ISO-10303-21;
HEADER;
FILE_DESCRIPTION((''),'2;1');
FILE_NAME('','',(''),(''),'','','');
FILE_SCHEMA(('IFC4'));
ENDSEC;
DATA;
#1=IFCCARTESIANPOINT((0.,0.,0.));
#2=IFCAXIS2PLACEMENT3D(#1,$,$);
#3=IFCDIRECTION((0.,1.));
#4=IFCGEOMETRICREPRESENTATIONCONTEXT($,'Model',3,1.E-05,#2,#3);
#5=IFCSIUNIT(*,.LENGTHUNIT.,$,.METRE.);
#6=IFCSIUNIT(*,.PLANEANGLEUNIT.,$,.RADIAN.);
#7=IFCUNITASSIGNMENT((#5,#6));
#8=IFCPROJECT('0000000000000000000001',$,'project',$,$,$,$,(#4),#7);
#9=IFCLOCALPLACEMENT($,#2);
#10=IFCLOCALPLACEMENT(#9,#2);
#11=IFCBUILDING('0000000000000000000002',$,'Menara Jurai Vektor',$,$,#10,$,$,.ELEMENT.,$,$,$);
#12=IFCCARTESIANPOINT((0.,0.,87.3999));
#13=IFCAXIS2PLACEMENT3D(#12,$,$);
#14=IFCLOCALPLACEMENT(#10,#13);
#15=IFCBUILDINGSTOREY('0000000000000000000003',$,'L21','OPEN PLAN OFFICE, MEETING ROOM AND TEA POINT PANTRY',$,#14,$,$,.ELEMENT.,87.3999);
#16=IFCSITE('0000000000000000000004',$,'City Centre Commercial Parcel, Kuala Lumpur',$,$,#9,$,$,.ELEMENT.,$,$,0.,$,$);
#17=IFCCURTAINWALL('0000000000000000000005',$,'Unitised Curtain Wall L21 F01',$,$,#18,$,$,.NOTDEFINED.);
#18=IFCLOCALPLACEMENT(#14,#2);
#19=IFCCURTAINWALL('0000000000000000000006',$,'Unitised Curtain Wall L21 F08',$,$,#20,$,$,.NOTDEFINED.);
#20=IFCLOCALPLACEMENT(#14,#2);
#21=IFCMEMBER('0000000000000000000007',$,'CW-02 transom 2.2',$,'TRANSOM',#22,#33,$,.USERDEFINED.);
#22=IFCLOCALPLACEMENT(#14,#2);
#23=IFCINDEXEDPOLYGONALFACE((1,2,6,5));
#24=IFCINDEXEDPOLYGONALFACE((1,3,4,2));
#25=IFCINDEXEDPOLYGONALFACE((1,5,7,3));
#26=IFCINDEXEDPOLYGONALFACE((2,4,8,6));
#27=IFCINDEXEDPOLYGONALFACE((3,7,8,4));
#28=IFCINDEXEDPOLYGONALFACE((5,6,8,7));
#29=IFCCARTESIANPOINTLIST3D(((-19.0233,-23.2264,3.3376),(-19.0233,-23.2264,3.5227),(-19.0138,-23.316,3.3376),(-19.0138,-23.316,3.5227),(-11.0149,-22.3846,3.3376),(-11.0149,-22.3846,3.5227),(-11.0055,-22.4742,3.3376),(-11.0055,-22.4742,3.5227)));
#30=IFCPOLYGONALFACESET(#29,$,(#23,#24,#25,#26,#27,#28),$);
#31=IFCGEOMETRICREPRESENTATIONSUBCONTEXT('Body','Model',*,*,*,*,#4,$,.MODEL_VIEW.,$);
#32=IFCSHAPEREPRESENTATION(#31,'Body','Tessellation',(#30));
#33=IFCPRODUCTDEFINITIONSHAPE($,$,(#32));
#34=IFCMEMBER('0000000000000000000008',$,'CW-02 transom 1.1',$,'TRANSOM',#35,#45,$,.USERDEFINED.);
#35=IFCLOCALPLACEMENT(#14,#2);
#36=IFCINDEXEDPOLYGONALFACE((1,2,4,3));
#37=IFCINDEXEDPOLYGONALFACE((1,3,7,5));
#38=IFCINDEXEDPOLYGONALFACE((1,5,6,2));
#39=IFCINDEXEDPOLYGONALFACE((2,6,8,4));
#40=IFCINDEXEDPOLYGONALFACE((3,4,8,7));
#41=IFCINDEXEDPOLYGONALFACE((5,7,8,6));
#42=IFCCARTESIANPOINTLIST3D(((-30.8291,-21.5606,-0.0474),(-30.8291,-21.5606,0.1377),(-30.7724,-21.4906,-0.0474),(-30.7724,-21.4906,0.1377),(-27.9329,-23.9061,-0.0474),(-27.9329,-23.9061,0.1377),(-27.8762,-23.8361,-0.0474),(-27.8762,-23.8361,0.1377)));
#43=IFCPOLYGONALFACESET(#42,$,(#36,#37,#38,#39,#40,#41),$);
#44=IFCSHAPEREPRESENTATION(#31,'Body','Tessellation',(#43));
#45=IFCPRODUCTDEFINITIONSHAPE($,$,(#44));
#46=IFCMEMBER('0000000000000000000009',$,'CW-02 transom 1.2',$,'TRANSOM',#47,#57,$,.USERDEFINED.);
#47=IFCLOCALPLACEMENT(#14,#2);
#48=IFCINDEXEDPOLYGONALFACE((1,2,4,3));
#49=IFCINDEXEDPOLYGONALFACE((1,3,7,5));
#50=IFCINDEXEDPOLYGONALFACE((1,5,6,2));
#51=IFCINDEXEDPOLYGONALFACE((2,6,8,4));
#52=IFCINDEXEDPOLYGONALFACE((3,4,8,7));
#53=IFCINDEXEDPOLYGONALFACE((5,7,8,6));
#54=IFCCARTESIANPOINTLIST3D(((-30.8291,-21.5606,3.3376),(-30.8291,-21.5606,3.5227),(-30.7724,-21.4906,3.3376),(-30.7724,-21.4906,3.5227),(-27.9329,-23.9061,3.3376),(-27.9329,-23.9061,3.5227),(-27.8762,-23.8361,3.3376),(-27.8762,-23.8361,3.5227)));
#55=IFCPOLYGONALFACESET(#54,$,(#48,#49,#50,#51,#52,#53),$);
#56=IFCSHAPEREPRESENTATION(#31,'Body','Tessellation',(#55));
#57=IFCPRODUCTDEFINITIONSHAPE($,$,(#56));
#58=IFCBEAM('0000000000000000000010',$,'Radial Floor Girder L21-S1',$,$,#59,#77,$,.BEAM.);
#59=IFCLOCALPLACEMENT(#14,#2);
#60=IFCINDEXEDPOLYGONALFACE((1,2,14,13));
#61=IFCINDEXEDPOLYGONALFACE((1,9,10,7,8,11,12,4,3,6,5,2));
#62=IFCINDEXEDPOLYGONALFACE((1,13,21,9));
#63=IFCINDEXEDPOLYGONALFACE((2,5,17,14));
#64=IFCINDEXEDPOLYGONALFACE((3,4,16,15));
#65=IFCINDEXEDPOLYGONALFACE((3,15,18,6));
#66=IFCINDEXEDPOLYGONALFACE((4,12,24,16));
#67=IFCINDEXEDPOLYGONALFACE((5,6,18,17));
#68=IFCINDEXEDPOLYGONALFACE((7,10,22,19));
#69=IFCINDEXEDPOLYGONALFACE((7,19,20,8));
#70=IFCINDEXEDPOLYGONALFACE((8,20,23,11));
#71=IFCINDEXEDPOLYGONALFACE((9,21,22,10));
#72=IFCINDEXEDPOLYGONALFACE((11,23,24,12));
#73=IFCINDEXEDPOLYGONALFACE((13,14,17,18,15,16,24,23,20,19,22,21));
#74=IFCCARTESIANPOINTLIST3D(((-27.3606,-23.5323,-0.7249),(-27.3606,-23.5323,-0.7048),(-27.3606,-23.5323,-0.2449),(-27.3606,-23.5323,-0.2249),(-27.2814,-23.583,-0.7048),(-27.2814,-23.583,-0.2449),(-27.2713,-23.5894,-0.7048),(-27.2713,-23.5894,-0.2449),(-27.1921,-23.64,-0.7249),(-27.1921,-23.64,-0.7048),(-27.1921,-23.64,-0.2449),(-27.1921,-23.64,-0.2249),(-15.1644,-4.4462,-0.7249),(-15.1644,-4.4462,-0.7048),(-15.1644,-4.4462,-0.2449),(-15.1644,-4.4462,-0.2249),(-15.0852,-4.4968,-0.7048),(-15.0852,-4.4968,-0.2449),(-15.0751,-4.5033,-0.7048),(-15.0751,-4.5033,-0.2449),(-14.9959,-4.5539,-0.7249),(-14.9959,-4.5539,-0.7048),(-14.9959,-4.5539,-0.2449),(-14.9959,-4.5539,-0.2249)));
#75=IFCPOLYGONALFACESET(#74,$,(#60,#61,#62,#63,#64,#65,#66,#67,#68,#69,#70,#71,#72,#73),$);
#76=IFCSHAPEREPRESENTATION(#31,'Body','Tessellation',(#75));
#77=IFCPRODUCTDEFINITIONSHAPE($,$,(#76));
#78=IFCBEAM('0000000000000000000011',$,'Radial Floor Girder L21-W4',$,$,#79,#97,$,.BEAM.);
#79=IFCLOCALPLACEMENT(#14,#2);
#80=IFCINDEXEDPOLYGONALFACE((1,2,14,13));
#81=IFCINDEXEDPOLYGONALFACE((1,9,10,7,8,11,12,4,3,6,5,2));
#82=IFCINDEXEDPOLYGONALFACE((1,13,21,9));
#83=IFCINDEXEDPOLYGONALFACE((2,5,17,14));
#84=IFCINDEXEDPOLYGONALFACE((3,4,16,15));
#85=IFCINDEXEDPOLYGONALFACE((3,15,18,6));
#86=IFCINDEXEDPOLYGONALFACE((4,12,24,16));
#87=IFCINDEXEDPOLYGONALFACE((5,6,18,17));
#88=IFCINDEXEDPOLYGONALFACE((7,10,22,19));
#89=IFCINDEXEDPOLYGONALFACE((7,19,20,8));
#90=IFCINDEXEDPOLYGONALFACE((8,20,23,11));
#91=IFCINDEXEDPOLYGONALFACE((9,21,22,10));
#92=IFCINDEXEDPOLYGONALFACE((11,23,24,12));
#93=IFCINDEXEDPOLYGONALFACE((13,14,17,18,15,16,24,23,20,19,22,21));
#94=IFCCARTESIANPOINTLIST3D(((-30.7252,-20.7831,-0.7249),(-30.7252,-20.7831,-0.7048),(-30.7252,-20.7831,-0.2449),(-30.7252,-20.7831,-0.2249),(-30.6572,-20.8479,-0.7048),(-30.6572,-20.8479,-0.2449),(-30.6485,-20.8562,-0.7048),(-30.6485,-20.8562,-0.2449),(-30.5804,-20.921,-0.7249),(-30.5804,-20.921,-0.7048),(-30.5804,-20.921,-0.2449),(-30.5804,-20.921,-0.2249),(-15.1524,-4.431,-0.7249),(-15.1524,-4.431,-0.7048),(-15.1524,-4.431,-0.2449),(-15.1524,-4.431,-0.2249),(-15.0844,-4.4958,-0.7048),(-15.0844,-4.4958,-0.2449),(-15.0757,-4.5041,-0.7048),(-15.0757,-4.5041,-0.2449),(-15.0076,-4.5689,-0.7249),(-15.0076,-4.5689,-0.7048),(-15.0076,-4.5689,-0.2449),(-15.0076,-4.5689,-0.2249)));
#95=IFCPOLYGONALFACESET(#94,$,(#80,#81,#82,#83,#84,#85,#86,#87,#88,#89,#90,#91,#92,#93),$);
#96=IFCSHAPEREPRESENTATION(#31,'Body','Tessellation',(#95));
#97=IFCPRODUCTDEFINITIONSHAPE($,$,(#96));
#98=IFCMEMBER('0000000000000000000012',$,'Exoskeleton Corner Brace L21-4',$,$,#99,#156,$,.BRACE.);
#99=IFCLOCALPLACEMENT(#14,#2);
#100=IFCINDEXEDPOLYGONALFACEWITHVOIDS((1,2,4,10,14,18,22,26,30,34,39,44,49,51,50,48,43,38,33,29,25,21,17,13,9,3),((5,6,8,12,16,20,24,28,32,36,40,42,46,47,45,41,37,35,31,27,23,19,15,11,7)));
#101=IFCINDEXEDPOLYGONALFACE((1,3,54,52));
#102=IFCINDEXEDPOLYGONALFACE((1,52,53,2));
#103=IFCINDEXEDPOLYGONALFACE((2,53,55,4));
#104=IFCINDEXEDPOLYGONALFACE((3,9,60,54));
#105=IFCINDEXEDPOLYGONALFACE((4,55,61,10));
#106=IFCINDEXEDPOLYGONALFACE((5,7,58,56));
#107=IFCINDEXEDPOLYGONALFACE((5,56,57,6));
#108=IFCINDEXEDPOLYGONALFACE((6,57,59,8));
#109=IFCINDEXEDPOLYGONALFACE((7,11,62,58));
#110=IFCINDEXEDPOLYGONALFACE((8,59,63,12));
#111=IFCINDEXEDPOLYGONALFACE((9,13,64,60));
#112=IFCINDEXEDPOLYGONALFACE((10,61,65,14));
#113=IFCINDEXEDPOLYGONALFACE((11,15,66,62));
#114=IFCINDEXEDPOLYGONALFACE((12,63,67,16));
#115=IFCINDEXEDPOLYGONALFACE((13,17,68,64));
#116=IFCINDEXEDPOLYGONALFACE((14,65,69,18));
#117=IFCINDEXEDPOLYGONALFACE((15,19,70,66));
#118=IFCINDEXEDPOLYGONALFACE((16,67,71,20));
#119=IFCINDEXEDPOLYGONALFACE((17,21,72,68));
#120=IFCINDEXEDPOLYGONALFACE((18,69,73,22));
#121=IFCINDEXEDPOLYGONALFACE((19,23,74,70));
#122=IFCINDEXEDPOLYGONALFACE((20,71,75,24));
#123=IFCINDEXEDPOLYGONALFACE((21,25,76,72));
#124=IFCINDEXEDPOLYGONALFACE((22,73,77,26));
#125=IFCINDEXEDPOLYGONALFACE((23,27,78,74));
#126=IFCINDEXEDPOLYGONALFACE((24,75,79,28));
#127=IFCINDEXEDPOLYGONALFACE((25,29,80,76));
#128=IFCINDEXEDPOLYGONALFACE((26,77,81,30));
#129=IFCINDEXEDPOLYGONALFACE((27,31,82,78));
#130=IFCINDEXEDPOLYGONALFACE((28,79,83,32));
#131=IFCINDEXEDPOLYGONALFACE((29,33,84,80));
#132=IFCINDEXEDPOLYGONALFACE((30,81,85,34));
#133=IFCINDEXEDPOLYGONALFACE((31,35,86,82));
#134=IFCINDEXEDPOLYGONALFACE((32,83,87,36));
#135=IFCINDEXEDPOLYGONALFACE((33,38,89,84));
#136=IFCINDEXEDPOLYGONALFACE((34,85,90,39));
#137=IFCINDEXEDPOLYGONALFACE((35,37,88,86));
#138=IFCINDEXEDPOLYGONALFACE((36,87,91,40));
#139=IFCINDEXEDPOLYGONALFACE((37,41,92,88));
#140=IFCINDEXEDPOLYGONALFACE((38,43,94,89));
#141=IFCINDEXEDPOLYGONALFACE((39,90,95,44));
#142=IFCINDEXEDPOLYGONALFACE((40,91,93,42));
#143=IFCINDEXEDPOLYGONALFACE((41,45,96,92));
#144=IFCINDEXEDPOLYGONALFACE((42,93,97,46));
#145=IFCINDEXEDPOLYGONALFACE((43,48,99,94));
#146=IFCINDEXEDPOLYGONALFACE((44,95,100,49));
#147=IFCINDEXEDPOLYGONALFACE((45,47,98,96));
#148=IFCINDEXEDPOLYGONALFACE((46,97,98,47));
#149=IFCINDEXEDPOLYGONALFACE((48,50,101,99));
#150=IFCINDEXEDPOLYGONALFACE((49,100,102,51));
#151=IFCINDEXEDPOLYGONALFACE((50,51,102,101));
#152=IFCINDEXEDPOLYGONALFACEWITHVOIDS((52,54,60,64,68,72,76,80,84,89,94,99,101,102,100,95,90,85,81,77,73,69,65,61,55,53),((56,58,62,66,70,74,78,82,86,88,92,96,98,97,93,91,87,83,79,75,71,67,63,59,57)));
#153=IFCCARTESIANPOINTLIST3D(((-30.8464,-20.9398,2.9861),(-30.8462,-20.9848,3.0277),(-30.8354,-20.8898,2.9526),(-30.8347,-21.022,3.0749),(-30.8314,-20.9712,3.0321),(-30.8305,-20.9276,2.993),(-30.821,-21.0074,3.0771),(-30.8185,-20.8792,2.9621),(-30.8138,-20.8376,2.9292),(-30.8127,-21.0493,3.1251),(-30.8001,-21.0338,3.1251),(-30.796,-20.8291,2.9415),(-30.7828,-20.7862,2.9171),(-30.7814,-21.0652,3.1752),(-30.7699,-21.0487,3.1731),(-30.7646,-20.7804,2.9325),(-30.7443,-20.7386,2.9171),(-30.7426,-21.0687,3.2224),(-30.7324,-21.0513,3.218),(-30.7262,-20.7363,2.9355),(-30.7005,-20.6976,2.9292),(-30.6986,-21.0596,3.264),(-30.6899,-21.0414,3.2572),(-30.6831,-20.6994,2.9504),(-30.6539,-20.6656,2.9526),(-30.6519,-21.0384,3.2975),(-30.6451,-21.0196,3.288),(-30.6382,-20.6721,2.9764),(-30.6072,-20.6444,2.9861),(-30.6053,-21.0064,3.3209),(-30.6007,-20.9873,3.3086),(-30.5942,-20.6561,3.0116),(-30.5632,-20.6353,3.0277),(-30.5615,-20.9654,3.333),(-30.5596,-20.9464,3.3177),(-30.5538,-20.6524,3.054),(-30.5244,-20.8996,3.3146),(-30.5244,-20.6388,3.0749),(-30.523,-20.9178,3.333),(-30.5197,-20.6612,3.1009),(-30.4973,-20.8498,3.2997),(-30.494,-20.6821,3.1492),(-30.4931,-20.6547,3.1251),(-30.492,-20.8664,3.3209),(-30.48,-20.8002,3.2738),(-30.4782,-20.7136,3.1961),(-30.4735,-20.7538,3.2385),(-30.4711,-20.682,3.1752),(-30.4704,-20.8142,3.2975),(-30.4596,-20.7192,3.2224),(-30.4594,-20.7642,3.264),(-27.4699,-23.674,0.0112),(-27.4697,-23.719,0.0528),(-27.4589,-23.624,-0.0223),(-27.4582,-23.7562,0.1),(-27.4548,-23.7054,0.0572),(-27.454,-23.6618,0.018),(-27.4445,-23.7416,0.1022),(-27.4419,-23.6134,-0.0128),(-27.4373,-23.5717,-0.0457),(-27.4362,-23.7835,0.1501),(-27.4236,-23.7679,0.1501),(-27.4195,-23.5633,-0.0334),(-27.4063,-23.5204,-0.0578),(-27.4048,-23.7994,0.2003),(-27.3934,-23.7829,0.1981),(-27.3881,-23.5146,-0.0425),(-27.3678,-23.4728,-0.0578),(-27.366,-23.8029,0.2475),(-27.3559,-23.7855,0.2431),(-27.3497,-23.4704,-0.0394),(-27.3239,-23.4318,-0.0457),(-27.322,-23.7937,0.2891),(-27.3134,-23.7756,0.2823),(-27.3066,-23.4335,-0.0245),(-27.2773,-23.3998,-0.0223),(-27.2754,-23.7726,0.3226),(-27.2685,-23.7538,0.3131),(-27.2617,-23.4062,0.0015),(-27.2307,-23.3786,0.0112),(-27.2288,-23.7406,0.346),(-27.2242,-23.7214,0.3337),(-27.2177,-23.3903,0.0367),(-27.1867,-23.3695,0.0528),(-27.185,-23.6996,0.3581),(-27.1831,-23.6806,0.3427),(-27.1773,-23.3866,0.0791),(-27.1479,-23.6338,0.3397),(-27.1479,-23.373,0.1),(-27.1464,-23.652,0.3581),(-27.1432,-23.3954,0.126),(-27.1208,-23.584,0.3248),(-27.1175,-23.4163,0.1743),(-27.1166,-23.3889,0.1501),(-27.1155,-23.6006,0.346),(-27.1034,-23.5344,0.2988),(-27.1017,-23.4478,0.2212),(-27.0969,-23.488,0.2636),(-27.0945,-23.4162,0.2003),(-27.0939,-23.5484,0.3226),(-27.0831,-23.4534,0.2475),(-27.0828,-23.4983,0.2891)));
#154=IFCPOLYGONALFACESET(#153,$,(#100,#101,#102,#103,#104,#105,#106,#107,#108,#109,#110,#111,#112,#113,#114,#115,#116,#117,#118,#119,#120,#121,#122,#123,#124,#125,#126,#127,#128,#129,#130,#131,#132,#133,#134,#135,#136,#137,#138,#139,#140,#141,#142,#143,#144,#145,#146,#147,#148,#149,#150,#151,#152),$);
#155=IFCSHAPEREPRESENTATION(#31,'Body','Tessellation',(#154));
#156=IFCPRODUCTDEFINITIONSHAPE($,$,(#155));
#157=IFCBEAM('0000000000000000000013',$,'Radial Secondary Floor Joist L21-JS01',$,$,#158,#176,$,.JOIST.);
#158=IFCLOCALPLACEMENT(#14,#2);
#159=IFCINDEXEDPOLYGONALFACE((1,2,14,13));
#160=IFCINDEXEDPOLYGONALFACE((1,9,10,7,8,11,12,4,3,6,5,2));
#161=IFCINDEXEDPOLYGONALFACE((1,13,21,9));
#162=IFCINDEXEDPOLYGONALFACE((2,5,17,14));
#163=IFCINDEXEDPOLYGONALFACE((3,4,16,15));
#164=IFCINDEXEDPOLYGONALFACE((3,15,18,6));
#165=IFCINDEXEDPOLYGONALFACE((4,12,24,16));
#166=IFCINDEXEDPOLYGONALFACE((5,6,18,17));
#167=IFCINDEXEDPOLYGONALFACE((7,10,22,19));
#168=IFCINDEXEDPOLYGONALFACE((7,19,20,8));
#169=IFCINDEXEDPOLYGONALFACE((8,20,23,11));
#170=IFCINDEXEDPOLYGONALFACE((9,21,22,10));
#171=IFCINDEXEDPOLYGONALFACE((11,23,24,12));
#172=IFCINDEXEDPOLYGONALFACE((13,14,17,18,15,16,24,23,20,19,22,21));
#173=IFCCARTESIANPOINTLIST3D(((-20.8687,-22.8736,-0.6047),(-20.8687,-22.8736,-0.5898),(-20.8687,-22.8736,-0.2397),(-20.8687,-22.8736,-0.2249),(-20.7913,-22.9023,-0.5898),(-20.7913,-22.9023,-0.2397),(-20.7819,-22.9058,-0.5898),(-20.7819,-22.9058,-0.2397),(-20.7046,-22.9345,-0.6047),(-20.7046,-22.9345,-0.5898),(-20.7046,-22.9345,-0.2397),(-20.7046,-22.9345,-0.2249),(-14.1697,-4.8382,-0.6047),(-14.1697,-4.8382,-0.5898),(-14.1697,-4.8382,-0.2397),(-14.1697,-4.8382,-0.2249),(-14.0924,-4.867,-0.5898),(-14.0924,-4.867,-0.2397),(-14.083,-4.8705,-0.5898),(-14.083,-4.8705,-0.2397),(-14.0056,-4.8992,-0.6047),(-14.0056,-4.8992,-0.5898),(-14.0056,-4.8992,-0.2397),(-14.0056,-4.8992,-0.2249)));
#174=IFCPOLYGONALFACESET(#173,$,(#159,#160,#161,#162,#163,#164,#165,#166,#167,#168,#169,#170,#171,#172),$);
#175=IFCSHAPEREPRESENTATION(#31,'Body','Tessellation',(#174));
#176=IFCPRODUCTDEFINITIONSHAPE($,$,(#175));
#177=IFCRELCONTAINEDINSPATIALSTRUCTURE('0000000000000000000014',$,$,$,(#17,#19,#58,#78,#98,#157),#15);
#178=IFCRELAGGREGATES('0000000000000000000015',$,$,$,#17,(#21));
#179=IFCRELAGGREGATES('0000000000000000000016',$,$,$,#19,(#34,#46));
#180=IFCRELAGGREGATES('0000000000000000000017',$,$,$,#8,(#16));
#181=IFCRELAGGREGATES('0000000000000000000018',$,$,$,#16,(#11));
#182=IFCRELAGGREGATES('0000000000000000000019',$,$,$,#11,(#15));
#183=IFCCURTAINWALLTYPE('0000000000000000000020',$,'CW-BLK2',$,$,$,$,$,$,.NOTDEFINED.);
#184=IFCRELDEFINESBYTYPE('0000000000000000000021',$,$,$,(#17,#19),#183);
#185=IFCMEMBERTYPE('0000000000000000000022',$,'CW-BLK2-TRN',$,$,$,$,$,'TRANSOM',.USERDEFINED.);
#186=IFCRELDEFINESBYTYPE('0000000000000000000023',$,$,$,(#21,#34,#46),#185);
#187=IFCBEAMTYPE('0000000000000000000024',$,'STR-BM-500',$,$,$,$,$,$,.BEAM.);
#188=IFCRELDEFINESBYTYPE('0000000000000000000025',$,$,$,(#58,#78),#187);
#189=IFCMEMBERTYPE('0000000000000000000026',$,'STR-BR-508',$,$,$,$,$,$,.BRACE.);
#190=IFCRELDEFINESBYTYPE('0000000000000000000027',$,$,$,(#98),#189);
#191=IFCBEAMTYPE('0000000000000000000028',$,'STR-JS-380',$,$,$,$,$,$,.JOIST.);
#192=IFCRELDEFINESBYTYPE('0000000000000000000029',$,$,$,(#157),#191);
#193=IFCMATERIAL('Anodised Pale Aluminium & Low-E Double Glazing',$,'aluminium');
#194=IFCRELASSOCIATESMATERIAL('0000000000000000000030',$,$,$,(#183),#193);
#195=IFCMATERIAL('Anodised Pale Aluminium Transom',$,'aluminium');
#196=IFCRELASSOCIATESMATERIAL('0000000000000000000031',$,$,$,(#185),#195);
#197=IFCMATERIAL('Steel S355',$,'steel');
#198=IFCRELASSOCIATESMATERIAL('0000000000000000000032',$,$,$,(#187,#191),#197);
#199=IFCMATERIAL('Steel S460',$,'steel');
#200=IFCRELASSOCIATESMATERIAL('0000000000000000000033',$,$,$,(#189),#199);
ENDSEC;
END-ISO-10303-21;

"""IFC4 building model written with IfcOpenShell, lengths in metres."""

from ifc_helpers import new_model, si_unit, direction, frame, origin, origin_2d, place, context, subcontext, project, spatial, rectangle, hollow_circle, i_section, extrude, material, material_profile, profile_set, type_object, element, aggregate, save


model = new_model("IFC4")

# Units and contexts
model_context = context("Model", 3, precision=1e-05, world=origin(), true_north=direction((0.0, 1.0)))
body_context = subcontext(model_context, "Body", "Model", "MODEL_VIEW")
ifc_project = project(units=[si_unit("LENGTHUNIT", "METRE"), si_unit("PLANEANGLEUNIT", "RADIAN")], contexts=[model_context])

# Site, building, storey
site_placement = place(None, origin())
site = spatial("IfcSite", under=ifc_project, at=site_placement, Name="City Centre Commercial Parcel, Kuala Lumpur", CompositionType="ELEMENT", RefElevation=0.0)
building_placement = place(site_placement, origin())
building = spatial("IfcBuilding", under=site, at=building_placement, Name="Menara Jurai Vektor", CompositionType="ELEMENT")
storey_placement = place(building_placement, frame((0.0, 0.0, 87.3999)))
storey = spatial("IfcBuildingStorey", under=building, at=storey_placement, Name="L21", Description="OPEN PLAN OFFICE, MEETING ROOM AND TEA POINT PANTRY", CompositionType="ELEMENT", Elevation=87.3999)

# Shared definitions
ifc_material_1 = material(Name="Steel S460", Category="steel")

# Curtain walls
ifc_material_2 = material(Name="Anodised Pale Aluminium & Low-E Double Glazing", Category="aluminium")
curtain_wall_type = type_object("IfcCurtainWallType", Name="CW-BLK2", PredefinedType="NOTDEFINED", material=ifc_material_2)
curtain_wall_1_placement = place(storey_placement, origin())
curtain_wall_1 = element("IfcCurtainWall", 1, at=curtain_wall_1_placement, inside=storey, type_object=curtain_wall_type, Name="Unitised Curtain Wall L21 F01", PredefinedType="NOTDEFINED")
curtain_wall_2_placement = place(storey_placement, origin())
curtain_wall_2 = element("IfcCurtainWall", 2, at=curtain_wall_2_placement, inside=storey, type_object=curtain_wall_type, Name="Unitised Curtain Wall L21 F08", PredefinedType="NOTDEFINED")

# Members
ifc_material_3 = material(Name="Anodised Pale Aluminium Transom", Category="aluminium")
ifc_material_profile_1 = material_profile(ifc_material_3, rectangle(XDim=0.0901, YDim=0.1851, at=origin_2d()), Name="ALU TRN 90x185")
ifc_profile_set_1 = profile_set([ifc_material_profile_1], Name="Anodised Pale Aluminium Transom")
member_type_1 = type_object("IfcMemberType", Name="CW-BLK2-TRN", ElementType="TRANSOM", PredefinedType="USERDEFINED", material=ifc_profile_set_1)
member_1_placement = place(storey_placement, frame((-19.0186, -23.2712, 3.4302), z_axis=(0.994521, 0.10454, 0.0), x_axis=(-0.10454, 0.994521, 0.0)))
member_1 = element("IfcMember", 3, at=member_1_placement, type_object=member_type_1, Name="CW-02 transom 2.2", ObjectType="TRANSOM", PredefinedType="USERDEFINED", context=body_context, shape_type="SweptSolid", body=[
    extrude(rectangle(XDim=0.0901, YDim=0.1851, at=origin_2d()), origin(), (0.0, 0.0, 1.0), 8.0525),
])
member_2_placement = place(storey_placement, frame((-30.8008, -21.5256, 0.0452), z_axis=(0.777129, -0.629341, 0.0), x_axis=(0.629341, 0.777129, 0.0)))
member_2 = element("IfcMember", 4, at=member_2_placement, type_object=member_type_1, Name="CW-02 transom 1.1", ObjectType="TRANSOM", PredefinedType="USERDEFINED", context=body_context, shape_type="SweptSolid", body=[
    extrude(rectangle(XDim=0.0901, YDim=0.1851, at=origin_2d()), origin(), (0.0, 0.0, 1.0), 3.7268),
])
member_3_placement = place(storey_placement, frame((-30.8008, -21.5256, 3.4302), z_axis=(0.777129, -0.629341, 0.0), x_axis=(0.629341, 0.777129, 0.0)))
member_3 = element("IfcMember", 5, at=member_3_placement, type_object=member_type_1, Name="CW-02 transom 1.2", ObjectType="TRANSOM", PredefinedType="USERDEFINED", context=body_context, shape_type="SweptSolid", body=[
    extrude(rectangle(XDim=0.0901, YDim=0.1851, at=origin_2d()), origin(), (0.0, 0.0, 1.0), 3.7268),
])

# Beams
ifc_material_4 = material(Name="Steel S355", Category="steel")
ifc_material_profile_2 = material_profile(ifc_material_4, i_section(OverallWidth=0.2, OverallDepth=0.5, WebThickness=0.012, FlangeThickness=0.02, at=origin_2d()), Name="PG 500x200x96")
ifc_profile_set_2 = profile_set([ifc_material_profile_2], Name="Steel S355")
beam_type_1 = type_object("IfcBeamType", Name="STR-BM-500", PredefinedType="BEAM", material=ifc_profile_set_2)
beam_1_placement = place(storey_placement, frame((-27.2764, -23.5862, -0.4749), z_axis=(0.538463, 0.842649, 0.0), x_axis=(-0.842649, 0.538463, 0.0)))
element("IfcBeam", 6, at=beam_1_placement, inside=storey, type_object=beam_type_1, Name="Radial Floor Girder L21-S1", PredefinedType="BEAM", context=body_context, shape_type="SweptSolid", body=[
    extrude(i_section(OverallWidth=0.2, OverallDepth=0.5, WebThickness=0.012, FlangeThickness=0.02, at=origin_2d()), origin(), (0.0, 0.0, 1.0), 22.6501),
])
beam_2_placement = place(storey_placement, frame((-30.6528, -20.8521, -0.4749), z_axis=(0.689641, 0.724152, 0.0), x_axis=(-0.724152, 0.689641, 0.0)))
element("IfcBeam", 7, at=beam_2_placement, inside=storey, type_object=beam_type_1, Name="Radial Floor Girder L21-W4", PredefinedType="BEAM", context=body_context, shape_type="SweptSolid", body=[
    extrude(i_section(OverallWidth=0.2, OverallDepth=0.5, WebThickness=0.012, FlangeThickness=0.02, at=origin_2d()), origin(), (0.0, 0.0, 1.0), 22.5811),
])

# Member
ifc_material_profile_3 = material_profile(ifc_material_1, hollow_circle(Radius=0.2539, WallThickness=0.02, at=origin_2d()), Name="CHS 508x20")
ifc_profile_set_3 = profile_set([ifc_material_profile_3], Name="Steel S460")
member_type_2 = type_object("IfcMemberType", Name="STR-BR-508", PredefinedType="BRACE", material=ifc_profile_set_3)
member_4_placement = place(storey_placement, frame((-27.2764, -23.5862, 0.1501), z_axis=(-0.64124, 0.519251, 0.564968), x_axis=(-0.62931, -0.777155, 0.0)))
element("IfcMember", 8, at=member_4_placement, inside=storey, type_object=member_type_2, Name="Exoskeleton Corner Brace L21-4", PredefinedType="BRACE", context=body_context, shape_type="SweptSolid", body=[
    extrude(hollow_circle(Radius=0.2539, WallThickness=0.02, at=origin_2d()), origin(), (0.0, 0.0, 1.0), 5.2656),
])

# Beam
ifc_material_profile_4 = material_profile(ifc_material_4, i_section(OverallWidth=0.175, OverallDepth=0.3799, WebThickness=0.01, FlangeThickness=0.0149, at=origin_2d()), Name="PG 380x175x58")
ifc_profile_set_4 = profile_set([ifc_material_profile_4], Name="Steel S355")
beam_type_2 = type_object("IfcBeamType", Name="STR-JS-380", PredefinedType="JOIST", material=ifc_profile_set_4)
beam_3_placement = place(storey_placement, frame((-20.7866, -22.9041, -0.4148), z_axis=(0.348192, 0.937423, 0.0), x_axis=(-0.937423, 0.348192, 0.0)))
element("IfcBeam", 9, at=beam_3_placement, inside=storey, type_object=beam_type_2, Name="Radial Secondary Floor Joist L21-JS01", PredefinedType="JOIST", context=body_context, shape_type="SweptSolid", body=[
    extrude(i_section(OverallWidth=0.175, OverallDepth=0.3799, WebThickness=0.01, FlangeThickness=0.0149, at=origin_2d()), origin(), (0.0, 0.0, 1.0), 19.2393),
])

aggregate(curtain_wall_1, [member_1])
aggregate(curtain_wall_2, [member_2, member_3])

save(model, "model.ifc")
